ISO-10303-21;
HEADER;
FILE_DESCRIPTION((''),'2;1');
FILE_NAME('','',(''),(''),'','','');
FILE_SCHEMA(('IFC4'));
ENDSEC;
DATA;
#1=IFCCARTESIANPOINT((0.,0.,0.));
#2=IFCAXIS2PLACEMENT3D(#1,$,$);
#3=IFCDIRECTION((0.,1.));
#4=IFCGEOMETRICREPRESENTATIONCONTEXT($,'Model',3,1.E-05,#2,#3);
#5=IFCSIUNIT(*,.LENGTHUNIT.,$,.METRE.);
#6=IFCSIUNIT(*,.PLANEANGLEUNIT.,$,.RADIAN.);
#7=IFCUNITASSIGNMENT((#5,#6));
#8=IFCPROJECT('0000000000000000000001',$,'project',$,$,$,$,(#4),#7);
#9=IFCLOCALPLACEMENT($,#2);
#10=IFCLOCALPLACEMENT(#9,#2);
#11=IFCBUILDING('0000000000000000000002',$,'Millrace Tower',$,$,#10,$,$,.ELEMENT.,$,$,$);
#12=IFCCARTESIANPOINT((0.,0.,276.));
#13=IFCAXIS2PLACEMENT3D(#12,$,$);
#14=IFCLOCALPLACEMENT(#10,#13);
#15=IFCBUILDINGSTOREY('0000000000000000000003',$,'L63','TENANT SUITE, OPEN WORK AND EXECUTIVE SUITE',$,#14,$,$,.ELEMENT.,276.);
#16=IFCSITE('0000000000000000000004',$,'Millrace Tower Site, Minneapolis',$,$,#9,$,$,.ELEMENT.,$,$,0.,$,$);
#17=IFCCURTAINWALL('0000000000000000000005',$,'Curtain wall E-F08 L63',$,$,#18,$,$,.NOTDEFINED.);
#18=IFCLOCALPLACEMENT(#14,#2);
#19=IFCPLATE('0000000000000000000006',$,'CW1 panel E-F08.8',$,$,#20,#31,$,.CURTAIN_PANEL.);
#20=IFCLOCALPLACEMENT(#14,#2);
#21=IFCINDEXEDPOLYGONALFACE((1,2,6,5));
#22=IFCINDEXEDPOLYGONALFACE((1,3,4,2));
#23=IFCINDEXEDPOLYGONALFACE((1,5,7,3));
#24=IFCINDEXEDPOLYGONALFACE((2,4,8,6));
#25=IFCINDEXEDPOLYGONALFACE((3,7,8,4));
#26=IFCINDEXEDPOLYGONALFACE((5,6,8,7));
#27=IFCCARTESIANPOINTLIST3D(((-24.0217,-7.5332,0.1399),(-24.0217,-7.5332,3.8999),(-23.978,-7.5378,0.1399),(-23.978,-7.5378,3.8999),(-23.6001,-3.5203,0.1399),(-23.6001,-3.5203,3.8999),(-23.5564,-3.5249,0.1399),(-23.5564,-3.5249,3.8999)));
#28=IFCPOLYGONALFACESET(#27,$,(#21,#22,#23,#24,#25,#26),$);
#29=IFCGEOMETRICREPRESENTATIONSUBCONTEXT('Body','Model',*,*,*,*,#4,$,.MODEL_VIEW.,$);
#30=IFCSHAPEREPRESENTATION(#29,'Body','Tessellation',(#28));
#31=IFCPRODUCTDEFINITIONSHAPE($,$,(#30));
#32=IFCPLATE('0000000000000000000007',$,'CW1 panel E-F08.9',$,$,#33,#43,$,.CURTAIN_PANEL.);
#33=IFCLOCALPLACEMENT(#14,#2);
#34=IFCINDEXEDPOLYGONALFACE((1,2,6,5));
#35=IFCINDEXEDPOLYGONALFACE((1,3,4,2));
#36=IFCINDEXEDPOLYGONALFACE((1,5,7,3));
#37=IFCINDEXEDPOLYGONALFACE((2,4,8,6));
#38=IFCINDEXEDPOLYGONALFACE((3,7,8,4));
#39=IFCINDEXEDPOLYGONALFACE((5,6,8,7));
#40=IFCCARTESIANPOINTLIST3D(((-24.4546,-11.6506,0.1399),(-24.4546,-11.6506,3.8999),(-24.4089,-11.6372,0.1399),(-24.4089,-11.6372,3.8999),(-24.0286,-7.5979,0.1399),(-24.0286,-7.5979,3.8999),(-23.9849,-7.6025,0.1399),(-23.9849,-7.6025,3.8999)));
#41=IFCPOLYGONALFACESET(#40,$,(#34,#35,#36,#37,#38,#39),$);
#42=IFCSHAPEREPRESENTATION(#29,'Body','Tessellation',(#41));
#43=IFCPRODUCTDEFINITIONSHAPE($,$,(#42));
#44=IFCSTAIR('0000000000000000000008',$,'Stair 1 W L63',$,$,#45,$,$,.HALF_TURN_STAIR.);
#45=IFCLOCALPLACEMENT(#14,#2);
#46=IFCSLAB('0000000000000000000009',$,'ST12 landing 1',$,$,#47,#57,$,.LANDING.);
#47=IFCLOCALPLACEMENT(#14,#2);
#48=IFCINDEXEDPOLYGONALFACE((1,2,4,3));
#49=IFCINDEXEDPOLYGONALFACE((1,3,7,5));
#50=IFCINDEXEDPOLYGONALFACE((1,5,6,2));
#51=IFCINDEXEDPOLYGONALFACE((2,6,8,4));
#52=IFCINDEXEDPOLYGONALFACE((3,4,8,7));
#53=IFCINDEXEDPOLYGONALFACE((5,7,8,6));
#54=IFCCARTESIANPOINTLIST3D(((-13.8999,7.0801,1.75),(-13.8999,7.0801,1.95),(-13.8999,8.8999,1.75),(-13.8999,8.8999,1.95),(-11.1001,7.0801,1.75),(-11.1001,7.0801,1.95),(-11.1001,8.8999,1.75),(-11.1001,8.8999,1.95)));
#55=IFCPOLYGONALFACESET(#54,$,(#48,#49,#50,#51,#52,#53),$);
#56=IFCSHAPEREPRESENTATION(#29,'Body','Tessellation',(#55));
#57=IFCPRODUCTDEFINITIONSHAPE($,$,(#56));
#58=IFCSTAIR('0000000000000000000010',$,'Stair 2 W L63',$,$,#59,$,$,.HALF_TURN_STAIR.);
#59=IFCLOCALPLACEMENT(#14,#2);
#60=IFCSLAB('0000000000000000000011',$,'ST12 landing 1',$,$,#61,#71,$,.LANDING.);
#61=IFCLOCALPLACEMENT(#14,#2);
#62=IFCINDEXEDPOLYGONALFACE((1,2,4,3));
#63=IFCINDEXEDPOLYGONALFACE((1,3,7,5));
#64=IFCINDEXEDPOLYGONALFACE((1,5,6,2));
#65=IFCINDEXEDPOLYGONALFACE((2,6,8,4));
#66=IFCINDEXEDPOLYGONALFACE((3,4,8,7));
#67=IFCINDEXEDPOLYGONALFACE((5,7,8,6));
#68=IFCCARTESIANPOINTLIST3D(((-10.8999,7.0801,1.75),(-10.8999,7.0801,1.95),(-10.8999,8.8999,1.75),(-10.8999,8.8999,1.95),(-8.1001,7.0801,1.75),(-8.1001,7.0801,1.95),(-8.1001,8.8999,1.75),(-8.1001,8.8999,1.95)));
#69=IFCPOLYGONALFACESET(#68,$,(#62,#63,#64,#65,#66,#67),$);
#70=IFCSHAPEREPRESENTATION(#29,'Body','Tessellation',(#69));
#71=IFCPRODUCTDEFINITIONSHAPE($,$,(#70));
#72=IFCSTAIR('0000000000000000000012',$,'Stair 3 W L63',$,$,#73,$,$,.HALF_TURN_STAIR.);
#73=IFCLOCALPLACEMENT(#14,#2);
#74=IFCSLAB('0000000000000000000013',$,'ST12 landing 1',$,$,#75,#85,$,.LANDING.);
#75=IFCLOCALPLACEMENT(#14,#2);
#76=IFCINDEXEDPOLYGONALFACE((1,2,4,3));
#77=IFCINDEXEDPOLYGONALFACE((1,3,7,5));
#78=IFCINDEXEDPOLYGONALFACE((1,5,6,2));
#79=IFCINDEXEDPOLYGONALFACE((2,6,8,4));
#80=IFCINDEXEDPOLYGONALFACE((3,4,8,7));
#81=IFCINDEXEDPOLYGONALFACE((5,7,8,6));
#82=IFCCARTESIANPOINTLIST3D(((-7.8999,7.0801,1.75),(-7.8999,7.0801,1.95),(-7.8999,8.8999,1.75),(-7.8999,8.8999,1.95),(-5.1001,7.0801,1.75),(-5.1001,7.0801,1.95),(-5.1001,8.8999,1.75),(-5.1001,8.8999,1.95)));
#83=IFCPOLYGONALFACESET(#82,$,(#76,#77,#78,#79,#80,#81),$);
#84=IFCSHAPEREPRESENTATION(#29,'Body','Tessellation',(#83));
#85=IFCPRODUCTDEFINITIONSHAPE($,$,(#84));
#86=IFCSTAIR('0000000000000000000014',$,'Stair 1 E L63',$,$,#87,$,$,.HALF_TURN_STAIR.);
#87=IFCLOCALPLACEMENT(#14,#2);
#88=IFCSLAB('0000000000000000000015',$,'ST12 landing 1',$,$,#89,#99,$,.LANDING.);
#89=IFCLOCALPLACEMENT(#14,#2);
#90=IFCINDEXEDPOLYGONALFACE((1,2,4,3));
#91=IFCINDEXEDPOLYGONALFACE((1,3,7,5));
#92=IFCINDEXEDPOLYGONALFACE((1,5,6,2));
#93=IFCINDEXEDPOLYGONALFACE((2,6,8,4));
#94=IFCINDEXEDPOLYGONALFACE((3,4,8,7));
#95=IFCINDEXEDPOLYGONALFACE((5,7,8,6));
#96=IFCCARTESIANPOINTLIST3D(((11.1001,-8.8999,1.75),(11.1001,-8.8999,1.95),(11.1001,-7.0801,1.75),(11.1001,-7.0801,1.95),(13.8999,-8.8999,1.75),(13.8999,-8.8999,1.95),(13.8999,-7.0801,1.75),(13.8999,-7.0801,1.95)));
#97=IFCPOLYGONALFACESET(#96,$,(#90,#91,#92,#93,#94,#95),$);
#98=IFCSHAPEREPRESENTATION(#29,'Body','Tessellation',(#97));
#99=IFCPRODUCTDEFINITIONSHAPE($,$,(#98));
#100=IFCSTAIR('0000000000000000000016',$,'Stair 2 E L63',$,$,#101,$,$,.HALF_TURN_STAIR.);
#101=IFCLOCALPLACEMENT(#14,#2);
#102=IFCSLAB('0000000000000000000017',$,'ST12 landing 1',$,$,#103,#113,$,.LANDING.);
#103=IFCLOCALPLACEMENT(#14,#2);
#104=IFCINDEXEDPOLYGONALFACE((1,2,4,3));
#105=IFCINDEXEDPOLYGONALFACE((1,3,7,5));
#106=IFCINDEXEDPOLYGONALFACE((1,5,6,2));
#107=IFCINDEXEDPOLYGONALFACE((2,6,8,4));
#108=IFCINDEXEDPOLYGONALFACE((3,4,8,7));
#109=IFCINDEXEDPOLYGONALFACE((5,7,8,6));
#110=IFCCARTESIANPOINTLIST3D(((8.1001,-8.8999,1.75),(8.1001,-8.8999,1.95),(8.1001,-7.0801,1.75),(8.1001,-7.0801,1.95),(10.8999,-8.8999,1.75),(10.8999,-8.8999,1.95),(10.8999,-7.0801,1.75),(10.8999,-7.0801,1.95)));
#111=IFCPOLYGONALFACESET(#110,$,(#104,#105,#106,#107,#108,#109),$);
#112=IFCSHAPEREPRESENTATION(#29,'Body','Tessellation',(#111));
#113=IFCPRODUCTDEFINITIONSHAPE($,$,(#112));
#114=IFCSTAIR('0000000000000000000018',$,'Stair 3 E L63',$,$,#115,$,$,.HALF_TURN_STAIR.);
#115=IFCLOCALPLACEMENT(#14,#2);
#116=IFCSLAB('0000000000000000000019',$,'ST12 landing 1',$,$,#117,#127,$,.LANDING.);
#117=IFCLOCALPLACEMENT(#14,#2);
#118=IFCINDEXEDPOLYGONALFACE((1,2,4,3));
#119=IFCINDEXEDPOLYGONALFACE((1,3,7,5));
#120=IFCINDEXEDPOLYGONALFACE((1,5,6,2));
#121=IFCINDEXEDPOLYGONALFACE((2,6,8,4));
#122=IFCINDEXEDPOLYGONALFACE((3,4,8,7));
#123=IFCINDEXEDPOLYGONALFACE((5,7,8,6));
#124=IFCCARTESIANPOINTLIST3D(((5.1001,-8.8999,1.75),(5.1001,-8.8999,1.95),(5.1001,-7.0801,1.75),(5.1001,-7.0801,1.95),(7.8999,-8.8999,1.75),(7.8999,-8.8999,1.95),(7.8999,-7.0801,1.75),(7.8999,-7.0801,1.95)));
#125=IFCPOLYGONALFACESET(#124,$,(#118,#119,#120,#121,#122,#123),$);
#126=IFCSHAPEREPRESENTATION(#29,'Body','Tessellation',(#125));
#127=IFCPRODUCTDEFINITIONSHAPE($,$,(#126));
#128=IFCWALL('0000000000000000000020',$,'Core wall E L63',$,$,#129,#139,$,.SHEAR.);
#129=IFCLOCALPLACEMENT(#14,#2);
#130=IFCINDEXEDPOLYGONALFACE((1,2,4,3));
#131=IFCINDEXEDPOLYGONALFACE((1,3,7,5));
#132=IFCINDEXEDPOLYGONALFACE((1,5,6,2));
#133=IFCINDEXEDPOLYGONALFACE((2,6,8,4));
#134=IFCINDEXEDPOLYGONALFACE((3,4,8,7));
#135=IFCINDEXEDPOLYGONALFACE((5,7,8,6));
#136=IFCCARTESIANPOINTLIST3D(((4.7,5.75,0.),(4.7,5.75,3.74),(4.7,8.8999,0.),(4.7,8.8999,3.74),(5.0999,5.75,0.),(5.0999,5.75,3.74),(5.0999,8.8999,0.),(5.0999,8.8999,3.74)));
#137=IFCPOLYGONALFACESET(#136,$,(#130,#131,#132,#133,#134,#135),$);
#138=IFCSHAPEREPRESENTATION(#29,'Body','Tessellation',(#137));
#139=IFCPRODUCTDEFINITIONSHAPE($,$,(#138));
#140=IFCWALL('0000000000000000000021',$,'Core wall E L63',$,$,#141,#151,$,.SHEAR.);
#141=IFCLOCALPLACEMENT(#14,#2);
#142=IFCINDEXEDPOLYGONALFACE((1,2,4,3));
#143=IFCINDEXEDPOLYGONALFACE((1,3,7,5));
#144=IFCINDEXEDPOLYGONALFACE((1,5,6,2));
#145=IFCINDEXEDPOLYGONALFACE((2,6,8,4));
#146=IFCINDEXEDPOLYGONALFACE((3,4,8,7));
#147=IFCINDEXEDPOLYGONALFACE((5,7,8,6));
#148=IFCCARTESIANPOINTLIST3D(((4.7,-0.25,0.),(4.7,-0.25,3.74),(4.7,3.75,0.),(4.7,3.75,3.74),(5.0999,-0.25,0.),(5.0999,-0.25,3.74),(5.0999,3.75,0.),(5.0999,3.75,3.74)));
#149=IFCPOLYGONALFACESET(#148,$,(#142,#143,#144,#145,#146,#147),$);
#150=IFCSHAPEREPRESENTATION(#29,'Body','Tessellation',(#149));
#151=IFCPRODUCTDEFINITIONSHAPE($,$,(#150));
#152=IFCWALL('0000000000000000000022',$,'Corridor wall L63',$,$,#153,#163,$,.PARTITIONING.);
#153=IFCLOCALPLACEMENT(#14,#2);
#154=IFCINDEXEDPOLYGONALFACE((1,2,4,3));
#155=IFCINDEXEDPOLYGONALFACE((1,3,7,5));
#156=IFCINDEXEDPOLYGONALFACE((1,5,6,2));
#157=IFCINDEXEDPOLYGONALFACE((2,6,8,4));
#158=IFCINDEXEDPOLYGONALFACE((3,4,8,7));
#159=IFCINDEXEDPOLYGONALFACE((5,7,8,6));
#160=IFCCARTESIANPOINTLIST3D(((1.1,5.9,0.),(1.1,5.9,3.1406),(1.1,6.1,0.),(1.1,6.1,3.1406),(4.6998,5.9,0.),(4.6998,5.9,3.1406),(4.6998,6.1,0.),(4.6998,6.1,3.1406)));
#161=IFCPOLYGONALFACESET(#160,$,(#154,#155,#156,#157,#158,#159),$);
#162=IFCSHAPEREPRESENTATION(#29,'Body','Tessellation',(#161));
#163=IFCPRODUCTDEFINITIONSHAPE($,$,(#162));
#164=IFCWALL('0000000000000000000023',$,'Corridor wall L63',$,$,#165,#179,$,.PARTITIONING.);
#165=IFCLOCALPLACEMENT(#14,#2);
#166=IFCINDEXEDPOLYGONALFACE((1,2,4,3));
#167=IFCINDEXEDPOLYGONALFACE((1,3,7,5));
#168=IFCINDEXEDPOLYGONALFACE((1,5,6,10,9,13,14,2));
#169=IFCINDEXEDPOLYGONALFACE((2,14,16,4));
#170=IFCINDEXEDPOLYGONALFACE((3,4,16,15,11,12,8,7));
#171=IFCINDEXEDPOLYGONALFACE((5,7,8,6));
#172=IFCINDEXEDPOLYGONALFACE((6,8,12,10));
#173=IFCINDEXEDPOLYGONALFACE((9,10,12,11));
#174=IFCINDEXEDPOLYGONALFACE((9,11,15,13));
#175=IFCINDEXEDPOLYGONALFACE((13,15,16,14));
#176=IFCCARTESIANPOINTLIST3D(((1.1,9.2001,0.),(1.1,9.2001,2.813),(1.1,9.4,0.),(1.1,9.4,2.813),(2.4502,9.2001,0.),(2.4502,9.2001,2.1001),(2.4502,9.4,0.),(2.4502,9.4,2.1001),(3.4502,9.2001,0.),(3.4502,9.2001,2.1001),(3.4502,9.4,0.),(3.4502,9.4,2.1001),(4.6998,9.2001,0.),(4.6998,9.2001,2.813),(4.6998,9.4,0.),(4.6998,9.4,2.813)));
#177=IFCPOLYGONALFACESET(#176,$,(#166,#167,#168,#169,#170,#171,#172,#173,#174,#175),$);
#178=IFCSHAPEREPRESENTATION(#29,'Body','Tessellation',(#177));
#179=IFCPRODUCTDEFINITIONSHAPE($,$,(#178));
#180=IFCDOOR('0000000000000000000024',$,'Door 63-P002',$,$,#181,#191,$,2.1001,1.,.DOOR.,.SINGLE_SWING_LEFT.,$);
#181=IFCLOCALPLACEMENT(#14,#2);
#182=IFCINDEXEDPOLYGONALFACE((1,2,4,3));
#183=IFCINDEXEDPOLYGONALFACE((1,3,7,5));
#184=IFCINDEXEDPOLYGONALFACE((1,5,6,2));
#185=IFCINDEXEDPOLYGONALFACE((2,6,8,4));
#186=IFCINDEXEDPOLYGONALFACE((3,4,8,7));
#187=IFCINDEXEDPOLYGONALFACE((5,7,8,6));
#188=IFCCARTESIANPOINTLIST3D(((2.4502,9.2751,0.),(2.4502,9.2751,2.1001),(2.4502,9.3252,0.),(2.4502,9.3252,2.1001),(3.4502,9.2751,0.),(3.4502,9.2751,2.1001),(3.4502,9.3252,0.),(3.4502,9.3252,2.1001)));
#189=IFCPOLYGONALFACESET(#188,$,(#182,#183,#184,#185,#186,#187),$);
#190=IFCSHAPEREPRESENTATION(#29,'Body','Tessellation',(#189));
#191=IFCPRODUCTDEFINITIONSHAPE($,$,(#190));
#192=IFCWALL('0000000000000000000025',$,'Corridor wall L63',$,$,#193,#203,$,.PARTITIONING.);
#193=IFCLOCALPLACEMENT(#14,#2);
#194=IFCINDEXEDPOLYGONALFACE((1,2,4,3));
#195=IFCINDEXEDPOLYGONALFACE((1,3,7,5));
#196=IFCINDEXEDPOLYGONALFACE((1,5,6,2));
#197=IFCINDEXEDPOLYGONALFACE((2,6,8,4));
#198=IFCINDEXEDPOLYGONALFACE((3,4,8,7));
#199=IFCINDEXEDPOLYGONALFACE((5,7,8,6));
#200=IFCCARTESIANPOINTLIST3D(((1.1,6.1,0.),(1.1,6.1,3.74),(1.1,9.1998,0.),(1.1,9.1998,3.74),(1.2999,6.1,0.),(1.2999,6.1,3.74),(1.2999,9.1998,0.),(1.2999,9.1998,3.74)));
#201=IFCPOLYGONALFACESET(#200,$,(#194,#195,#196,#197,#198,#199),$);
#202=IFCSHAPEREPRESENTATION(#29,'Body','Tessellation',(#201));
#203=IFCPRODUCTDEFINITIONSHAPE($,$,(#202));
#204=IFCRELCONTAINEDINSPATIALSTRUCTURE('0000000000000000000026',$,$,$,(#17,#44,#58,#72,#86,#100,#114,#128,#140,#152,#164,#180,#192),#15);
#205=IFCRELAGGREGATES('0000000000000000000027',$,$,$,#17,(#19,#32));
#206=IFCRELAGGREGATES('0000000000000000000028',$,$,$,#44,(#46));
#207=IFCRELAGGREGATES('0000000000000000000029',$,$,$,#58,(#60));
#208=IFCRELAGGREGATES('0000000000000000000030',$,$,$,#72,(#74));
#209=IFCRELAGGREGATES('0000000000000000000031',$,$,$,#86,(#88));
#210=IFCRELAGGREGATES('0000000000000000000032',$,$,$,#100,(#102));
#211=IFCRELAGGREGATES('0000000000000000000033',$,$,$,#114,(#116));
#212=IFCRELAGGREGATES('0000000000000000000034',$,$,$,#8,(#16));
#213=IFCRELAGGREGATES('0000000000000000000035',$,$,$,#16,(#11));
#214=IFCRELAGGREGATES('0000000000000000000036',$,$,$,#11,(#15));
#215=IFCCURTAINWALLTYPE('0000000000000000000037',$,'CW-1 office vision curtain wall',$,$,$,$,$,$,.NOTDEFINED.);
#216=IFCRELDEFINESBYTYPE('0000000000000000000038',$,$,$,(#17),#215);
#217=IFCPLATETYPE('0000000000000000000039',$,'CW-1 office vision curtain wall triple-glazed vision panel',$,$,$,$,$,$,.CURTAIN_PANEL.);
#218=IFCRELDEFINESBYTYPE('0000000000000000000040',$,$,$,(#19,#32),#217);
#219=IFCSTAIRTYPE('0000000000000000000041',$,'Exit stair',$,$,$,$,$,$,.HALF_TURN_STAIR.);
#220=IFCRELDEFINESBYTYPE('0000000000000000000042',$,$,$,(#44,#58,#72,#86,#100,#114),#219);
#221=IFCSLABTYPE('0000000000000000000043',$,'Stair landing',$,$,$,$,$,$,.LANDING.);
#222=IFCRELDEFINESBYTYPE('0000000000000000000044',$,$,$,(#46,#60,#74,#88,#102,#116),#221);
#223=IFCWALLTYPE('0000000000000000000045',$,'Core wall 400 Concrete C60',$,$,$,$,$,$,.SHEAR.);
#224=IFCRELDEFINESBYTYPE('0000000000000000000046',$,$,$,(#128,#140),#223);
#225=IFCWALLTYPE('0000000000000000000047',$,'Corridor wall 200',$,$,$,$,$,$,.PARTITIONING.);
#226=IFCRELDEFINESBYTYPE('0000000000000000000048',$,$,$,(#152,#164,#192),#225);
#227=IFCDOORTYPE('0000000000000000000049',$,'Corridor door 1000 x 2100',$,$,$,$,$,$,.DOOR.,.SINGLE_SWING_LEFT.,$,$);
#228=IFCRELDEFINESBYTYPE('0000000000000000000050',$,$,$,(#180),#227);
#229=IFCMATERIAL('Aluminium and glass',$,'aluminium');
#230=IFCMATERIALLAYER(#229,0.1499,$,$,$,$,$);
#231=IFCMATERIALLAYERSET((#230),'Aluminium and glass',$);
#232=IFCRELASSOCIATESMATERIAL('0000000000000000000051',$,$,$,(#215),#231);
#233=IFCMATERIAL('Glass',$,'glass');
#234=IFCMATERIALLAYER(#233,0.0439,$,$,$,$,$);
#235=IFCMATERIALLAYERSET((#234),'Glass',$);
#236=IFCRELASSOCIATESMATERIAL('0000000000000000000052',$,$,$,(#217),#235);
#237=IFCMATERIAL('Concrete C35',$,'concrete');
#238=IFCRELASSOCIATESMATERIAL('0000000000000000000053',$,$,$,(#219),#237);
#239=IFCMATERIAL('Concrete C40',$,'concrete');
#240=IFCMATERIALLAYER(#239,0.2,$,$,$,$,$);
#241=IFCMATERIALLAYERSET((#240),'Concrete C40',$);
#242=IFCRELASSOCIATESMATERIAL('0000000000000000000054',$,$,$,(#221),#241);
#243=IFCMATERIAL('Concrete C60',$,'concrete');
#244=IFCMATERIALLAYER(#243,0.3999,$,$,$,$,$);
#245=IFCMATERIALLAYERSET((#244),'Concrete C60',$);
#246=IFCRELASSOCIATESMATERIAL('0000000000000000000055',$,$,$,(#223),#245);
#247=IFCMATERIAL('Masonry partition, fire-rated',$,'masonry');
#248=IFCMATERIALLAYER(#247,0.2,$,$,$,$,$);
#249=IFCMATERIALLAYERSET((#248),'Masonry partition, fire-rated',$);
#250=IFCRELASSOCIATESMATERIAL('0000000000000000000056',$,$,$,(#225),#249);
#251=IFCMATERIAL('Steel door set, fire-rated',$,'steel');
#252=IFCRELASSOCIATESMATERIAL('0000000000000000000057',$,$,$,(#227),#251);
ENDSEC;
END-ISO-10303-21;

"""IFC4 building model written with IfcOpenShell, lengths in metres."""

from ifc_helpers import new_model, si_unit, direction, frame, frame_2d, origin, place, context, subcontext, project, spatial, polyline, rectangle, outline, extrude, material, layer, layer_set, type_object, element, fill, aggregate, save


model = new_model("IFC4")

# Units and contexts
model_context = context("Model", 3, precision=1e-05, world=origin(), true_north=direction((0.0, 1.0)))
body_context = subcontext(model_context, "Body", "Model", "MODEL_VIEW")
ifc_project = project(units=[si_unit("LENGTHUNIT", "METRE"), si_unit("PLANEANGLEUNIT", "RADIAN")], contexts=[model_context])

# Site, building, storey
site_placement = place(None, origin())
site = spatial("IfcSite", under=ifc_project, at=site_placement, Name="Millrace Tower Site, Minneapolis", CompositionType="ELEMENT", RefElevation=0.0)
building_placement = place(site_placement, origin())
building = spatial("IfcBuilding", under=site, at=building_placement, Name="Millrace Tower", CompositionType="ELEMENT")
storey_placement = place(building_placement, frame((0.0, 0.0, 276.0)))
storey = spatial("IfcBuildingStorey", under=building, at=storey_placement, Name="L63", Description="TENANT SUITE, OPEN WORK AND EXECUTIVE SUITE", CompositionType="ELEMENT", Elevation=276.0)

# Curtain wall, plates
ifc_material_1 = material(Name="Aluminium and glass", Category="aluminium")
ifc_layer_1 = layer(ifc_material_1, 0.1499)
ifc_layer_set_1 = layer_set([ifc_layer_1], Name="Aluminium and glass")
curtain_wall_type = type_object("IfcCurtainWallType", Name="CW-1 office vision curtain wall", PredefinedType="NOTDEFINED", material=ifc_layer_set_1)
placement_1 = place(storey_placement, origin())
curtain_wall = element("IfcCurtainWall", 1, at=placement_1, inside=storey, type_object=curtain_wall_type, Name="Curtain wall E-F08 L63", PredefinedType="NOTDEFINED")
ifc_material_2 = material(Name="Glass", Category="glass")
ifc_layer_2 = layer(ifc_material_2, 0.0439)
ifc_layer_set_2 = layer_set([ifc_layer_2], Name="Glass")
plate_type = type_object("IfcPlateType", Name="CW-1 office vision curtain wall triple-glazed vision panel", PredefinedType="CURTAIN_PANEL", material=ifc_layer_set_2)
placement_2 = place(storey_placement, frame((0.0, 0.0, 0.1399)))
plate_1 = element("IfcPlate", 2, at=placement_2, type_object=plate_type, Name="CW1 panel E-F08.8", PredefinedType="CURTAIN_PANEL", context=body_context, shape_type="SweptSolid", body=[
    extrude(outline(polyline([(-23.6001, -3.5203), (-24.0217, -7.5332), (-23.978, -7.5378), (-23.5564, -3.5249), (-23.6001, -3.5203)])), origin(), (0.0, 0.0, 1.0), 3.76),
])
plate_2 = element("IfcPlate", 3, at=placement_2, type_object=plate_type, Name="CW1 panel E-F08.9", PredefinedType="CURTAIN_PANEL", context=body_context, shape_type="SweptSolid", body=[
    extrude(outline(polyline([(-24.0286, -7.5979), (-24.4546, -11.6506), (-24.4089, -11.6372), (-23.9849, -7.6025), (-24.0286, -7.5979)])), origin(), (0.0, 0.0, 1.0), 3.76),
])
aggregate(curtain_wall, [plate_1, plate_2])

# Stairs, slabs
ifc_material_3 = material(Name="Concrete C35", Category="concrete")
stair_type = type_object("IfcStairType", Name="Exit stair", PredefinedType="HALF_TURN_STAIR", material=ifc_material_3)
stair_1 = element("IfcStair", 4, at=placement_1, inside=storey, type_object=stair_type, Name="Stair 1 W L63", PredefinedType="HALF_TURN_STAIR")
ifc_material_4 = material(Name="Concrete C40", Category="concrete")
ifc_layer_3 = layer(ifc_material_4, 0.2)
ifc_layer_set_3 = layer_set([ifc_layer_3], Name="Concrete C40")
slab_type = type_object("IfcSlabType", Name="Stair landing", PredefinedType="LANDING", material=ifc_layer_set_3)
placement_3 = place(storey_placement, frame((0.0, 0.0, 1.75)))
slab_1 = element("IfcSlab", 5, at=placement_3, type_object=slab_type, Name="ST12 landing 1", PredefinedType="LANDING", context=body_context, shape_type="SweptSolid", body=[
    extrude(outline(polyline([(-13.8999, 7.0801), (-11.1001, 7.0801), (-11.1001, 8.8999), (-13.8999, 8.8999), (-13.8999, 7.0801)])), origin(), (0.0, 0.0, 1.0), 0.2),
])
aggregate(stair_1, [slab_1])
stair_2 = element("IfcStair", 6, at=placement_1, inside=storey, type_object=stair_type, Name="Stair 2 W L63", PredefinedType="HALF_TURN_STAIR")
slab_2 = element("IfcSlab", 7, at=placement_3, type_object=slab_type, Name="ST12 landing 1", PredefinedType="LANDING", context=body_context, shape_type="SweptSolid", body=[
    extrude(outline(polyline([(-10.8999, 7.0801), (-8.1001, 7.0801), (-8.1001, 8.8999), (-10.8999, 8.8999), (-10.8999, 7.0801)])), origin(), (0.0, 0.0, 1.0), 0.2),
])
aggregate(stair_2, [slab_2])
stair_3 = element("IfcStair", 8, at=placement_1, inside=storey, type_object=stair_type, Name="Stair 3 W L63", PredefinedType="HALF_TURN_STAIR")
slab_3 = element("IfcSlab", 9, at=placement_3, type_object=slab_type, Name="ST12 landing 1", PredefinedType="LANDING", context=body_context, shape_type="SweptSolid", body=[
    extrude(outline(polyline([(-7.8999, 7.0801), (-5.1001, 7.0801), (-5.1001, 8.8999), (-7.8999, 8.8999), (-7.8999, 7.0801)])), origin(), (0.0, 0.0, 1.0), 0.2),
])
aggregate(stair_3, [slab_3])
stair_4 = element("IfcStair", 10, at=placement_1, inside=storey, type_object=stair_type, Name="Stair 1 E L63", PredefinedType="HALF_TURN_STAIR")
slab_4 = element("IfcSlab", 11, at=placement_3, type_object=slab_type, Name="ST12 landing 1", PredefinedType="LANDING", context=body_context, shape_type="SweptSolid", body=[
    extrude(outline(polyline([(11.1001, -8.8999), (13.8999, -8.8999), (13.8999, -7.0801), (11.1001, -7.0801), (11.1001, -8.8999)])), origin(), (0.0, 0.0, 1.0), 0.2),
])
aggregate(stair_4, [slab_4])
stair_5 = element("IfcStair", 12, at=placement_1, inside=storey, type_object=stair_type, Name="Stair 2 E L63", PredefinedType="HALF_TURN_STAIR")
slab_5 = element("IfcSlab", 13, at=placement_3, type_object=slab_type, Name="ST12 landing 1", PredefinedType="LANDING", context=body_context, shape_type="SweptSolid", body=[
    extrude(outline(polyline([(8.1001, -8.8999), (10.8999, -8.8999), (10.8999, -7.0801), (8.1001, -7.0801), (8.1001, -8.8999)])), origin(), (0.0, 0.0, 1.0), 0.2),
])
aggregate(stair_5, [slab_5])
stair_6 = element("IfcStair", 14, at=placement_1, inside=storey, type_object=stair_type, Name="Stair 3 E L63", PredefinedType="HALF_TURN_STAIR")
slab_6 = element("IfcSlab", 15, at=placement_3, type_object=slab_type, Name="ST12 landing 1", PredefinedType="LANDING", context=body_context, shape_type="SweptSolid", body=[
    extrude(outline(polyline([(5.1001, -8.8999), (7.8999, -8.8999), (7.8999, -7.0801), (5.1001, -7.0801), (5.1001, -8.8999)])), origin(), (0.0, 0.0, 1.0), 0.2),
])
aggregate(stair_6, [slab_6])

# Walls
ifc_material_5 = material(Name="Concrete C60", Category="concrete")
ifc_layer_4 = layer(ifc_material_5, 0.3999)
ifc_layer_set_4 = layer_set([ifc_layer_4], Name="Concrete C60")
wall_type_1 = type_object("IfcWallType", Name="Core wall 400 Concrete C60", PredefinedType="SHEAR", material=ifc_layer_set_4)
wall_1_placement = place(storey_placement, frame((4.8999, 8.8999, 0.0), z_axis=(0.0, 0.0, 1.0), x_axis=(0.0, -1.0, 0.0)))
element("IfcWall", 16, at=wall_1_placement, inside=storey, type_object=wall_type_1, Name="Core wall E L63", PredefinedType="SHEAR", context=body_context, shape_type="SweptSolid", body=[
    extrude(rectangle(XDim=3.1499, YDim=0.3999, at=frame_2d((1.575, 0.0))), origin(), (0.0, 0.0, 1.0), 3.74),
])
wall_2_placement = place(storey_placement, frame((4.8999, 3.75, 0.0), z_axis=(0.0, 0.0, 1.0), x_axis=(0.0, -1.0, 0.0)))
element("IfcWall", 17, at=wall_2_placement, inside=storey, type_object=wall_type_1, Name="Core wall E L63", PredefinedType="SHEAR", context=body_context, shape_type="SweptSolid", body=[
    extrude(rectangle(XDim=4.0, YDim=0.3999, at=frame_2d((2.0, 0.0))), origin(), (0.0, 0.0, 1.0), 3.74),
])
ifc_material_6 = material(Name="Masonry partition, fire-rated", Category="masonry")
ifc_layer_5 = layer(ifc_material_6, 0.2)
ifc_layer_set_5 = layer_set([ifc_layer_5], Name="Masonry partition, fire-rated")
wall_type_2 = type_object("IfcWallType", Name="Corridor wall 200", PredefinedType="PARTITIONING", material=ifc_layer_set_5)
wall_3_placement = place(storey_placement, frame((1.1001, 6.0, 0.0), z_axis=(0.0, 0.0, 1.0), x_axis=(1.0, 0.0, 0.0)))
element("IfcWall", 18, at=wall_3_placement, inside=storey, type_object=wall_type_2, Name="Corridor wall L63", PredefinedType="PARTITIONING", context=body_context, shape_type="SweptSolid", body=[
    extrude(rectangle(XDim=3.5999, YDim=0.2, at=frame_2d((1.7998, 0.0))), origin(), (0.0, 0.0, 1.0), 3.1406),
])

# Wall, opening, door
wall_4_placement = place(storey_placement, frame((1.1001, 9.3, 0.0), z_axis=(0.0, 0.0, 1.0), x_axis=(1.0, 0.0, 0.0)))
wall_4 = element("IfcWall", 19, at=wall_4_placement, inside=storey, type_object=wall_type_2, Name="Corridor wall L63", PredefinedType="PARTITIONING", context=body_context, shape_type="SweptSolid", body=[
    extrude(rectangle(XDim=3.5999, YDim=0.2, at=frame_2d((1.7998, 0.0))), origin(), (0.0, 0.0, 1.0), 2.813),
])
opening_1_placement = place(wall_4_placement, frame((1.3501, 0.0, 0.0)))
opening_1 = element("IfcOpeningElement", 20, at=opening_1_placement, cuts=wall_4, PredefinedType="OPENING", context=body_context, shape_type="SweptSolid", body=[
    extrude(rectangle(XDim=1.0, YDim=2.1001, at=frame_2d((0.5, 1.05))), frame((0.0, 0.1099, 0.0), z_axis=(0.0, -1.0, 0.0), x_axis=(1.0, 0.0, 0.0)), (0.0, 0.0, 1.0), 0.22),
])
ifc_material_7 = material(Name="Steel door set, fire-rated", Category="steel")
door_type_1 = type_object("IfcDoorType", Name="Corridor door 1000 x 2100", OperationType="SINGLE_SWING_LEFT", PredefinedType="DOOR", material=ifc_material_7)
door_1_placement = place(opening_1_placement, frame((1.0, 0.0, 0.0), z_axis=(0.0, 0.0, 1.0), x_axis=(-1.0, 0.0, 0.0)))
door_1 = element("IfcDoor", 21, at=door_1_placement, inside=storey, type_object=door_type_1, Name="Door 63-P002", OperationType="SINGLE_SWING_LEFT", OverallHeight=2.1001, OverallWidth=1.0, PredefinedType="DOOR", context=body_context, shape_type="SweptSolid", body=[
    extrude(rectangle(XDim=1.0, YDim=2.1001, at=frame_2d((0.5, 1.05))), frame((0.0, 0.0249, 0.0), z_axis=(0.0, -1.0, 0.0), x_axis=(1.0, 0.0, 0.0)), (0.0, 0.0, 1.0), 0.05),
])
fill(opening_1, door_1)

# Wall
wall_5_placement = place(storey_placement, frame((1.2, 6.1001, 0.0), z_axis=(0.0, 0.0, 1.0), x_axis=(0.0, 1.0, 0.0)))
element("IfcWall", 22, at=wall_5_placement, inside=storey, type_object=wall_type_2, Name="Corridor wall L63", PredefinedType="PARTITIONING", context=body_context, shape_type="SweptSolid", body=[
    extrude(rectangle(XDim=3.0999, YDim=0.2, at=frame_2d((1.5498, 0.0))), origin(), (0.0, 0.0, 1.0), 3.74),
])

save(model, "model.ifc")
